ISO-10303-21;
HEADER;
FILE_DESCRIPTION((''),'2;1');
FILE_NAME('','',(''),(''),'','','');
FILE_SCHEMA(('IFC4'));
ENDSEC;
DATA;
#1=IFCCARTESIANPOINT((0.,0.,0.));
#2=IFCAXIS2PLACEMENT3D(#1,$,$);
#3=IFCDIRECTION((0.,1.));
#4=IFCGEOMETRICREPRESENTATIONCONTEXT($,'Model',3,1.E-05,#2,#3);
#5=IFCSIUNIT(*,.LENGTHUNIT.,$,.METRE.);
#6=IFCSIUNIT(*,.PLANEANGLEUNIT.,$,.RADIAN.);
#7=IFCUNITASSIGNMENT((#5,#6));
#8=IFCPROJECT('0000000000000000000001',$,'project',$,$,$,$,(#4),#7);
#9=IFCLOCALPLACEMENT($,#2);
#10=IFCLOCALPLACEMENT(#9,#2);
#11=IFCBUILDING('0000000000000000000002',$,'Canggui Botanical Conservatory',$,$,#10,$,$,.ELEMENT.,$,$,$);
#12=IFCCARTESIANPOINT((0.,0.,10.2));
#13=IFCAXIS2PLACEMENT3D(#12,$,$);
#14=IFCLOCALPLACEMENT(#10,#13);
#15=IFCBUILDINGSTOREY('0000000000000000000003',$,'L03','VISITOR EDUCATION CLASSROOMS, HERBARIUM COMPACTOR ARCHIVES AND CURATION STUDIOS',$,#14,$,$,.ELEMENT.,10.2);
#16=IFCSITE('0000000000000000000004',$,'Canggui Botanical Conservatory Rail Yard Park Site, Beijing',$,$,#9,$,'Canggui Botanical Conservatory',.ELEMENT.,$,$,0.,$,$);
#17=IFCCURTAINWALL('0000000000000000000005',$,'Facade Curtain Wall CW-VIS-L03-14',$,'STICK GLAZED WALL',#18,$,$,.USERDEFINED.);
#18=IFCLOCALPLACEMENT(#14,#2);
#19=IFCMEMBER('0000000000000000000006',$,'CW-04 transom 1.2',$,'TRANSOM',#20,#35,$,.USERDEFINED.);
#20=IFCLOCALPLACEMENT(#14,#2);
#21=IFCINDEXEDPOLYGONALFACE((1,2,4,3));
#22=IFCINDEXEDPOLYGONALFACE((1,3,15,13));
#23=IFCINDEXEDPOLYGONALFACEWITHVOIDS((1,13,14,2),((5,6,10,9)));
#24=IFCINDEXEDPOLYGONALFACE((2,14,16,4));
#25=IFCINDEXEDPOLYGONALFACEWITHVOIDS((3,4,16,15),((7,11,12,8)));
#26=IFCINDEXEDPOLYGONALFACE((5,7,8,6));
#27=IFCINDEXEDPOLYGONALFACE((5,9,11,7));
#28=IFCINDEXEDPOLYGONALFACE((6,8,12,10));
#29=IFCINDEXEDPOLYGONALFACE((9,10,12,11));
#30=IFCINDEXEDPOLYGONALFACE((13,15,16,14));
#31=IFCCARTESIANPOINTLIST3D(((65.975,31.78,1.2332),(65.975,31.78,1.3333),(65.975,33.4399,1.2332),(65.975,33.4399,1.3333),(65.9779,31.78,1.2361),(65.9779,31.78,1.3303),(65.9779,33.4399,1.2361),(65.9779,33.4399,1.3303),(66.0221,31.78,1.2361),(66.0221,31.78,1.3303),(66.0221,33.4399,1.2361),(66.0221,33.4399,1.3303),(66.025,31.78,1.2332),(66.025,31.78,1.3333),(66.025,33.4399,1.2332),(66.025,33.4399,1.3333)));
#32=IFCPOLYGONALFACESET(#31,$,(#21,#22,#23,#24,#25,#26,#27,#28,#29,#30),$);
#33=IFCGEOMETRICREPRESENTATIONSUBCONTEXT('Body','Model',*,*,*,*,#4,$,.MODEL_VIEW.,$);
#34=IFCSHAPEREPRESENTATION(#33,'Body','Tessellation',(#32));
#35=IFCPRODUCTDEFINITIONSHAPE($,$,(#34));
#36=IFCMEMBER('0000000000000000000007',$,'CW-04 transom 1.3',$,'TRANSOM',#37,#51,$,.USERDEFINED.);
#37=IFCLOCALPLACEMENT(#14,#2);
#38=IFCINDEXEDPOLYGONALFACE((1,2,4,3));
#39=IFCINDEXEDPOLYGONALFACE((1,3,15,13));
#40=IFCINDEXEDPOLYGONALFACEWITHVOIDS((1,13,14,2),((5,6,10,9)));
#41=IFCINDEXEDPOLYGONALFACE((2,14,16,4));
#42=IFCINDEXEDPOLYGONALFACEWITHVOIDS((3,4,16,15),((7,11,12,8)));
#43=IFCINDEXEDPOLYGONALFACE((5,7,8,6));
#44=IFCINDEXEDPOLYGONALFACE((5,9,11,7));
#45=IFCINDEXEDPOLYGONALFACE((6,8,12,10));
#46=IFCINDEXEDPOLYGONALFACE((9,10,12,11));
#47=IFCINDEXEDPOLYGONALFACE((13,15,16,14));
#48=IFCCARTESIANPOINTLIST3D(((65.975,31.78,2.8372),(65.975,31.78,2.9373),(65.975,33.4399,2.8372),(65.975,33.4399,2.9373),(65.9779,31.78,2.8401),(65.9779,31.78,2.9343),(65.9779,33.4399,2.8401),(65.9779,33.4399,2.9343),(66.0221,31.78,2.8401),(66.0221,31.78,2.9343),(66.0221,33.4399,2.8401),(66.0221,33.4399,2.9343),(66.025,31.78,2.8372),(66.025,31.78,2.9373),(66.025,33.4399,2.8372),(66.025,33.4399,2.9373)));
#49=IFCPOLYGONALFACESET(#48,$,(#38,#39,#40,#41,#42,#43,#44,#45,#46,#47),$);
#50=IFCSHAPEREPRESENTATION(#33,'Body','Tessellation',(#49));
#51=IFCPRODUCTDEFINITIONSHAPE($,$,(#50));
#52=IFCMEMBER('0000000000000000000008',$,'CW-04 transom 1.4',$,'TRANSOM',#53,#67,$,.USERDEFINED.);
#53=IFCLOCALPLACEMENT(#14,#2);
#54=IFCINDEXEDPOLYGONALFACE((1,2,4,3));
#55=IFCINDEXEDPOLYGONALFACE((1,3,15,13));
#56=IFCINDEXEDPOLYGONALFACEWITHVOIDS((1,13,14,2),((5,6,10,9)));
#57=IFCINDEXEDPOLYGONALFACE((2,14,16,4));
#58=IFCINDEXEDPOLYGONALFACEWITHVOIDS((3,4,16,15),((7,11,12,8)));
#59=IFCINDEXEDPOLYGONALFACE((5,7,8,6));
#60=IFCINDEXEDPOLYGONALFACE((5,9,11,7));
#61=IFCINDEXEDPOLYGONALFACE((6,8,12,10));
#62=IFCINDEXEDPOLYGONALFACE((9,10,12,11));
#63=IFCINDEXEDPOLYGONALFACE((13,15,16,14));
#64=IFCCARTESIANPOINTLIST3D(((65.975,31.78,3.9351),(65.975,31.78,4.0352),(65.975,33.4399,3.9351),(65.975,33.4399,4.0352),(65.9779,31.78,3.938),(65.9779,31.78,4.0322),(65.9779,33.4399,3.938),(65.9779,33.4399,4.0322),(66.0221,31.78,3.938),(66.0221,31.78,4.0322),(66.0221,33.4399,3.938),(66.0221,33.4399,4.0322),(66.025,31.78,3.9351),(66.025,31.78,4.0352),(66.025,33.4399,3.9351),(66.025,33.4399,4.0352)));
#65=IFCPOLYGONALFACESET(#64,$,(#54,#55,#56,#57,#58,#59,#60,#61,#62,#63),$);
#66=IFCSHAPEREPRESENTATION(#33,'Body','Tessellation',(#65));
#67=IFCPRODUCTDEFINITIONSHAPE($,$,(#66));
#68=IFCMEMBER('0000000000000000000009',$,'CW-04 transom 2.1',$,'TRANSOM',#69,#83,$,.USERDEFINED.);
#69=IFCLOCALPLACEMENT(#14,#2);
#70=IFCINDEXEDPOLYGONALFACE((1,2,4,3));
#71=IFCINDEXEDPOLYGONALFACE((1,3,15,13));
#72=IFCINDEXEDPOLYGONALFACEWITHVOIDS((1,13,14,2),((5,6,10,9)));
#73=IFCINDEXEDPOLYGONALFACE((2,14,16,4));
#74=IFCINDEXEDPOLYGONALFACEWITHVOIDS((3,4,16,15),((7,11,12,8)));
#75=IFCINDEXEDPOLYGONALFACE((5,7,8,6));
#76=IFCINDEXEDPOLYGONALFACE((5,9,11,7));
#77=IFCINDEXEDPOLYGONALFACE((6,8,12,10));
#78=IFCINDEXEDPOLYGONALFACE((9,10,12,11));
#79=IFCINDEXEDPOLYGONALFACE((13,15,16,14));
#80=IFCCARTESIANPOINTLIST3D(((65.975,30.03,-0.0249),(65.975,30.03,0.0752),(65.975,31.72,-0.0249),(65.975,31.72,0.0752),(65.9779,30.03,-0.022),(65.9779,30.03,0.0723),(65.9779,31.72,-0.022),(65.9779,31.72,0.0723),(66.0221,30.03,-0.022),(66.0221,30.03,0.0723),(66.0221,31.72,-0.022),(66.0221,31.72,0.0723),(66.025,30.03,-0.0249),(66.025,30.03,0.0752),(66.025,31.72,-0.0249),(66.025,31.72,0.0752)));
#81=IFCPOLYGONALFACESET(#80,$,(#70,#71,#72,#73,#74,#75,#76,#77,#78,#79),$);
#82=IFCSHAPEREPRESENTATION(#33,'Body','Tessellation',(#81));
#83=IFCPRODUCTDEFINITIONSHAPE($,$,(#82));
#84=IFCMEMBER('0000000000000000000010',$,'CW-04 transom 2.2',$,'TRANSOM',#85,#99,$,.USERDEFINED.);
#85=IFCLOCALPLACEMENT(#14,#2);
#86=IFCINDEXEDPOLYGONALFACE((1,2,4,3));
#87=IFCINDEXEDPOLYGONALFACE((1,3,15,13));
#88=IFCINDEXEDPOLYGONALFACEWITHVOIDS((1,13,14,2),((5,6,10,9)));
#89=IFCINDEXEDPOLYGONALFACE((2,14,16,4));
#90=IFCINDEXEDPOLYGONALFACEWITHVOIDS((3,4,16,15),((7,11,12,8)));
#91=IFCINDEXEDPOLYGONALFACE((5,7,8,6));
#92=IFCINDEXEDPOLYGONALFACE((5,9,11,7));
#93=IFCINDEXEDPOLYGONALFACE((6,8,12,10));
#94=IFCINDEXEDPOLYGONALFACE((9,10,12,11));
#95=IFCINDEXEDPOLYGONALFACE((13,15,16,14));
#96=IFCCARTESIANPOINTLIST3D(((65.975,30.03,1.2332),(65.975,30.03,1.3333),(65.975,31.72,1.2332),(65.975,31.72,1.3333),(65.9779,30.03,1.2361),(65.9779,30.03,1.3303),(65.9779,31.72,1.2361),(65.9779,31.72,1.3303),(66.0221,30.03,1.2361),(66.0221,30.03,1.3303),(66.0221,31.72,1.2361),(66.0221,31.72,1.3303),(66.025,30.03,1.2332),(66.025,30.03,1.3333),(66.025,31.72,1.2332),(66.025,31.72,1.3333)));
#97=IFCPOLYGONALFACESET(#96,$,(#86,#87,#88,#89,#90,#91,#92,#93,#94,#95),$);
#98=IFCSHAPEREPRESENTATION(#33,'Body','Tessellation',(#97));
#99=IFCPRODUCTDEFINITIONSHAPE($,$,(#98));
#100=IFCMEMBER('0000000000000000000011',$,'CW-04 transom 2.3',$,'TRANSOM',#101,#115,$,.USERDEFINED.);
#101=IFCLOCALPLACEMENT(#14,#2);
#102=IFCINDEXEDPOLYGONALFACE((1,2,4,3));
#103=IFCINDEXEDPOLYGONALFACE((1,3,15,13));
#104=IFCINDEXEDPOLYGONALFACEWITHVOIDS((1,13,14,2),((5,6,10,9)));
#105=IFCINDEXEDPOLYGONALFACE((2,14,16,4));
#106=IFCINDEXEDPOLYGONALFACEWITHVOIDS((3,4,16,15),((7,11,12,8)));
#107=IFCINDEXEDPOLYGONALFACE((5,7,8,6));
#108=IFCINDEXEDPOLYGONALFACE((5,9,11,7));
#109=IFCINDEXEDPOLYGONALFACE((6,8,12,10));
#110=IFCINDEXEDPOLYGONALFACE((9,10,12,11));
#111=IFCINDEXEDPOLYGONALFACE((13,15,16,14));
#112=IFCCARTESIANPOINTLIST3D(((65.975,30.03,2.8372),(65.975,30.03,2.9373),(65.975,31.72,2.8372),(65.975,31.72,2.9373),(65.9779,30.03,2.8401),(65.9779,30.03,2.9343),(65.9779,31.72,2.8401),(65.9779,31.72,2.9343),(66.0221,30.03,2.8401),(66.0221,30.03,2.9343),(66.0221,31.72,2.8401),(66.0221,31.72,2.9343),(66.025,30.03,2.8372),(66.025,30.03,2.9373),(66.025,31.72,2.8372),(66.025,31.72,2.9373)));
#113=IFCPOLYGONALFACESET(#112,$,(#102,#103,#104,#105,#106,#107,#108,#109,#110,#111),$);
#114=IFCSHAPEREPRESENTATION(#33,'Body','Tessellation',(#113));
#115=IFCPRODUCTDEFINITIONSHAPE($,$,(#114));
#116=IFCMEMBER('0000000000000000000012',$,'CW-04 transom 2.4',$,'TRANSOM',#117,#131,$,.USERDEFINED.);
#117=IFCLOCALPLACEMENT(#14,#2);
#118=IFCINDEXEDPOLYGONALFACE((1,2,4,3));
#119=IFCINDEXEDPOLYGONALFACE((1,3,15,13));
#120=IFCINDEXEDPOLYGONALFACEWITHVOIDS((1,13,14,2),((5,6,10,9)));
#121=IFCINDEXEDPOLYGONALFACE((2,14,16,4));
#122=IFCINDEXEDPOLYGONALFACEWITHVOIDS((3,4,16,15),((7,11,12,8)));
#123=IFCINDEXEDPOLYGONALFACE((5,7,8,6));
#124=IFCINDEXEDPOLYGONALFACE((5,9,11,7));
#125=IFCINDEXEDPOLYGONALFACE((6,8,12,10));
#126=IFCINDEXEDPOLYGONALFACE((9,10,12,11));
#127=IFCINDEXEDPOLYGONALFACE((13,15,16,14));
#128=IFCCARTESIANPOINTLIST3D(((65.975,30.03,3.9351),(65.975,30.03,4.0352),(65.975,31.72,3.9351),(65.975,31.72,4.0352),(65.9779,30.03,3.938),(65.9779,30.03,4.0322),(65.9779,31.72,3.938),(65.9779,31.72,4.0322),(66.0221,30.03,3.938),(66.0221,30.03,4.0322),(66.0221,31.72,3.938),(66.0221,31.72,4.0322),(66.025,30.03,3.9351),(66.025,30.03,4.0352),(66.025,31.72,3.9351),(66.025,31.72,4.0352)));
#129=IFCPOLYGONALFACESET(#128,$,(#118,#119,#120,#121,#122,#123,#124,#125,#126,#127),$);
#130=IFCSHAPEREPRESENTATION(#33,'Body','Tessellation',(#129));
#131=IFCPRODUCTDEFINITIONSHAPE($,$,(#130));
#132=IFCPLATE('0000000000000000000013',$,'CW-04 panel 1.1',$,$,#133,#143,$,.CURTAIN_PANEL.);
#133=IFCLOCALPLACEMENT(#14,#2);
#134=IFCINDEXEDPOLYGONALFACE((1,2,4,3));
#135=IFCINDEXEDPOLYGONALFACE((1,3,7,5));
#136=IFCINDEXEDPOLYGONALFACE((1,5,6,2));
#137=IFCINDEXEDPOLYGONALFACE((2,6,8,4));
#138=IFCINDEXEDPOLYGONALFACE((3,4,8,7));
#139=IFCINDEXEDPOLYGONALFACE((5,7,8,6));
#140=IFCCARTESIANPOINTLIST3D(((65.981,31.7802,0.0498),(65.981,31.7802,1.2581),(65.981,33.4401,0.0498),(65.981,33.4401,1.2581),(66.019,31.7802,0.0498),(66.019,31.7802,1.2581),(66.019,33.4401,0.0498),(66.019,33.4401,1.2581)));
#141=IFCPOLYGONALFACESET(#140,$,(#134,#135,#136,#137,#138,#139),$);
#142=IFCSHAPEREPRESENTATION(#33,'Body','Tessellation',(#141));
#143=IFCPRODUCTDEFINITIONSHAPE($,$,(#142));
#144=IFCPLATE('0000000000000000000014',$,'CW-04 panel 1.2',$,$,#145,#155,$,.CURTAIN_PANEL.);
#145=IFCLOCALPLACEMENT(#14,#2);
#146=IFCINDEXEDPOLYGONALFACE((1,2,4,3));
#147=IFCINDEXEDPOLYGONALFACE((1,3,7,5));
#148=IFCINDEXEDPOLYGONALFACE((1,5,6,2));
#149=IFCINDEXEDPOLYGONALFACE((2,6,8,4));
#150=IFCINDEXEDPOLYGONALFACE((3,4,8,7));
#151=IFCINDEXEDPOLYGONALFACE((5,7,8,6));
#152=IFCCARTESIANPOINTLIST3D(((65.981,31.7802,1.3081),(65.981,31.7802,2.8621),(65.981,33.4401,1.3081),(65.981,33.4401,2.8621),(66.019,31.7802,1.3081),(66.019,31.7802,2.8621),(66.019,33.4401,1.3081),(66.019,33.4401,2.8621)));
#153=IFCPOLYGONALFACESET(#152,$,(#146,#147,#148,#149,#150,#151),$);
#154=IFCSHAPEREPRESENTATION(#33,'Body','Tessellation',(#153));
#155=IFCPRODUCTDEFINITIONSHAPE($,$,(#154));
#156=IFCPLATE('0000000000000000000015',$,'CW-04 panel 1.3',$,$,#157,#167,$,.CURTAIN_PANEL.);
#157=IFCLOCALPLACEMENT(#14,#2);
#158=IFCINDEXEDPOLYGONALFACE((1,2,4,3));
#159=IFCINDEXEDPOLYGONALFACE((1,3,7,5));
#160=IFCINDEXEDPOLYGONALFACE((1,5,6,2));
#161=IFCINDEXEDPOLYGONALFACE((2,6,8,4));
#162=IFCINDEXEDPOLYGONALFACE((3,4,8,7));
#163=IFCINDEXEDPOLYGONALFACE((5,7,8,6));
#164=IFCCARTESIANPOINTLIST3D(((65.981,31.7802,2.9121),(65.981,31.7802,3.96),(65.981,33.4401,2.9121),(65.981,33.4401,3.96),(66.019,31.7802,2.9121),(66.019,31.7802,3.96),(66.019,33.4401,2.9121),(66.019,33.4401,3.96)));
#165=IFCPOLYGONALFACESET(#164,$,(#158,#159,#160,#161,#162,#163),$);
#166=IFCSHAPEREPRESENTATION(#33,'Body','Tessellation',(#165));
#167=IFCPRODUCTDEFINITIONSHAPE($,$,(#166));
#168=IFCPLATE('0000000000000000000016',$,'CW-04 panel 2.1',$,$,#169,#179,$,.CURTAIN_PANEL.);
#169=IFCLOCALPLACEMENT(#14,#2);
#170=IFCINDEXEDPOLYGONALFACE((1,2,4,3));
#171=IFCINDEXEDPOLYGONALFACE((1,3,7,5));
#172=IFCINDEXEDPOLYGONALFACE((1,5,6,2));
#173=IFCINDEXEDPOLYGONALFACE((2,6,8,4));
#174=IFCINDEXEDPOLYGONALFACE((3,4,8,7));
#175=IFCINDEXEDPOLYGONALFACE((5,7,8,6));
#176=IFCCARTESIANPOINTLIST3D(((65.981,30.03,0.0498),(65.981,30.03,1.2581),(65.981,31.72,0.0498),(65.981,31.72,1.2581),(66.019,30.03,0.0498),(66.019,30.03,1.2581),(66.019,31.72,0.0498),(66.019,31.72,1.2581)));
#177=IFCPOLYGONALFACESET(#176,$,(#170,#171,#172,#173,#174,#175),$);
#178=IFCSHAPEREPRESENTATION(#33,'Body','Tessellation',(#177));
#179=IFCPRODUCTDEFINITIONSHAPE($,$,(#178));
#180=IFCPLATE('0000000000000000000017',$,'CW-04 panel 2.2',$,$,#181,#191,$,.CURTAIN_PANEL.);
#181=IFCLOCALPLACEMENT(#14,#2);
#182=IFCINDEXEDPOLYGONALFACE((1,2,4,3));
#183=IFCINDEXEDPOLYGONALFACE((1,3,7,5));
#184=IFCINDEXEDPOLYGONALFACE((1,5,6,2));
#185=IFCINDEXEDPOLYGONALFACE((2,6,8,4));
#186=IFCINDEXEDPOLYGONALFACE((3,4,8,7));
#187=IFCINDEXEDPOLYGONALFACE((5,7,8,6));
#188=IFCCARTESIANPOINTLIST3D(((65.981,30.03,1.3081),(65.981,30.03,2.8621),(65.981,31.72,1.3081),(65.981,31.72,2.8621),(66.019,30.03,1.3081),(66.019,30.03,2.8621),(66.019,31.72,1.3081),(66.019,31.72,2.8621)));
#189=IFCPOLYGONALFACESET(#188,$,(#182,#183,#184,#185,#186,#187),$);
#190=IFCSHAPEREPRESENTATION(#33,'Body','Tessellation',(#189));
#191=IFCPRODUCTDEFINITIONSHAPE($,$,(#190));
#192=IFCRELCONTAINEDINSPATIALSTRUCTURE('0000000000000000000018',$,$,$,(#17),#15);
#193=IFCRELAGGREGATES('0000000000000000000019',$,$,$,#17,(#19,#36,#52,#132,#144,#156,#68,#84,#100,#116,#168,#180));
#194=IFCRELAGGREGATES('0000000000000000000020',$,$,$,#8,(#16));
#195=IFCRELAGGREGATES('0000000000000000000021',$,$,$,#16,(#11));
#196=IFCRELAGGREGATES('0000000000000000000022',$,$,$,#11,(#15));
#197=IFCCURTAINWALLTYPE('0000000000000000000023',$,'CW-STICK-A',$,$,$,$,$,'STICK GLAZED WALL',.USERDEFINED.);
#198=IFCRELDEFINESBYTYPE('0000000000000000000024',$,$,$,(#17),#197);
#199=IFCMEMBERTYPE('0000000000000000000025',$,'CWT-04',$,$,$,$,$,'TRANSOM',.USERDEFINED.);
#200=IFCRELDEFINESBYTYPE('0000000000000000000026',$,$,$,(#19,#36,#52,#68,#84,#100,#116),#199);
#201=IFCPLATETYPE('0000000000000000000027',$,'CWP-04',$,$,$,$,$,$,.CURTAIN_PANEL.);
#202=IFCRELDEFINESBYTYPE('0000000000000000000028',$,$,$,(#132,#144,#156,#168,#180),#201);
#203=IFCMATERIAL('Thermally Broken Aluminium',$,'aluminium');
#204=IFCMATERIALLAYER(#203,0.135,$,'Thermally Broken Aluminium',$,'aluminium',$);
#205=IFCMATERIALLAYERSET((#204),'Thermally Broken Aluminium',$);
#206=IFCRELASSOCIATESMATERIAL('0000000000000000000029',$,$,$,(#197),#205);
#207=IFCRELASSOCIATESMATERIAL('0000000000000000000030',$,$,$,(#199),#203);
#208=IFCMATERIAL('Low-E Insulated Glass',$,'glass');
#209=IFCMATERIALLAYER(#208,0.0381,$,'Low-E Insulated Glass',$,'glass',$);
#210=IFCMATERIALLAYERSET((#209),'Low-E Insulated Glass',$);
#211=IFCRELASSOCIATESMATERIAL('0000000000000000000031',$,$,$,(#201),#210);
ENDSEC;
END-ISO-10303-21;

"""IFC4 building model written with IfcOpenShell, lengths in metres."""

from ifc_helpers import new_model, si_unit, direction, frame, origin, origin_2d, place, context, subcontext, project, spatial, rectangle, hollow_rectangle, extrude, material, layer, layer_set, material_profile, profile_set, type_object, element, aggregate, save


model = new_model("IFC4")

# Units and contexts
model_context = context("Model", 3, precision=1e-05, world=origin(), true_north=direction((0.0, 1.0)))
body_context = subcontext(model_context, "Body", "Model", "MODEL_VIEW")
ifc_project = project(units=[si_unit("LENGTHUNIT", "METRE"), si_unit("PLANEANGLEUNIT", "RADIAN")], contexts=[model_context])

# Site, building, storey
site_placement = place(None, origin())
site = spatial("IfcSite", under=ifc_project, at=site_placement, Name="Canggui Botanical Conservatory Rail Yard Park Site, Beijing", LongName="Canggui Botanical Conservatory", CompositionType="ELEMENT", RefElevation=0.0)
building_placement = place(site_placement, origin())
building = spatial("IfcBuilding", under=site, at=building_placement, Name="Canggui Botanical Conservatory", CompositionType="ELEMENT")
storey_placement = place(building_placement, frame((0.0, 0.0, 10.2)))
storey = spatial("IfcBuildingStorey", under=building, at=storey_placement, Name="L03", Description="VISITOR EDUCATION CLASSROOMS, HERBARIUM COMPACTOR ARCHIVES AND CURATION STUDIOS", CompositionType="ELEMENT", Elevation=10.2)

# Shared definitions
ifc_material_1 = material(Name="Thermally Broken Aluminium", Category="aluminium")

# Curtain wall, members, plates
ifc_layer_1 = layer(ifc_material_1, 0.135, Name="Thermally Broken Aluminium", Category="aluminium")
ifc_layer_set_1 = layer_set([ifc_layer_1], Name="Thermally Broken Aluminium")
curtain_wall_type_1 = type_object("IfcCurtainWallType", Name="CW-STICK-A", ElementType="STICK GLAZED WALL", PredefinedType="USERDEFINED", material=ifc_layer_set_1)
curtain_wall_1_placement = place(storey_placement, origin())
curtain_wall_1 = element("IfcCurtainWall", 1, at=curtain_wall_1_placement, inside=storey, type_object=curtain_wall_type_1, Name="Facade Curtain Wall CW-VIS-L03-14", ObjectType="STICK GLAZED WALL", PredefinedType="USERDEFINED")
ifc_material_profile_1 = material_profile(ifc_material_1, hollow_rectangle(XDim=0.05, YDim=0.1001, WallThickness=0.0029, at=origin_2d()), Name="CWT 50x100x3")
ifc_profile_set_1 = profile_set([ifc_material_profile_1], Name="Thermally Broken Aluminium")
member_type_1 = type_object("IfcMemberType", Name="CWT-04", ElementType="TRANSOM", PredefinedType="USERDEFINED", material=ifc_profile_set_1)
member_1_placement = place(storey_placement, frame((66.0, 33.4399, 1.2832), z_axis=(0.0, -1.0, 0.0), x_axis=(1.0, 0.0, 0.0)))
member_1 = element("IfcMember", 2, at=member_1_placement, type_object=member_type_1, Name="CW-04 transom 1.2", ObjectType="TRANSOM", PredefinedType="USERDEFINED", context=body_context, shape_type="SweptSolid", body=[
    extrude(hollow_rectangle(XDim=0.05, YDim=0.1001, WallThickness=0.0029, at=origin_2d()), origin(), (0.0, 0.0, 1.0), 1.6599),
])
member_2_placement = place(storey_placement, frame((66.0, 33.4399, 2.8872), z_axis=(0.0, -1.0, 0.0), x_axis=(1.0, 0.0, 0.0)))
member_2 = element("IfcMember", 3, at=member_2_placement, type_object=member_type_1, Name="CW-04 transom 1.3", ObjectType="TRANSOM", PredefinedType="USERDEFINED", context=body_context, shape_type="SweptSolid", body=[
    extrude(hollow_rectangle(XDim=0.05, YDim=0.1001, WallThickness=0.0029, at=origin_2d()), origin(), (0.0, 0.0, 1.0), 1.6599),
])
member_3_placement = place(storey_placement, frame((66.0, 33.4399, 3.9851), z_axis=(0.0, -1.0, 0.0), x_axis=(1.0, 0.0, 0.0)))
member_3 = element("IfcMember", 4, at=member_3_placement, type_object=member_type_1, Name="CW-04 transom 1.4", ObjectType="TRANSOM", PredefinedType="USERDEFINED", context=body_context, shape_type="SweptSolid", body=[
    extrude(hollow_rectangle(XDim=0.05, YDim=0.1001, WallThickness=0.0029, at=origin_2d()), origin(), (0.0, 0.0, 1.0), 1.6599),
])
member_4_placement = place(storey_placement, frame((66.0, 31.72, 0.0251), z_axis=(0.0, -1.0, 0.0), x_axis=(1.0, 0.0, 0.0)))
member_4 = element("IfcMember", 5, at=member_4_placement, type_object=member_type_1, Name="CW-04 transom 2.1", ObjectType="TRANSOM", PredefinedType="USERDEFINED", context=body_context, shape_type="SweptSolid", body=[
    extrude(hollow_rectangle(XDim=0.05, YDim=0.1001, WallThickness=0.0029, at=origin_2d()), origin(), (0.0, 0.0, 1.0), 1.6899),
])
member_5_placement = place(storey_placement, frame((66.0, 31.72, 1.2832), z_axis=(0.0, -1.0, 0.0), x_axis=(1.0, 0.0, 0.0)))
member_5 = element("IfcMember", 6, at=member_5_placement, type_object=member_type_1, Name="CW-04 transom 2.2", ObjectType="TRANSOM", PredefinedType="USERDEFINED", context=body_context, shape_type="SweptSolid", body=[
    extrude(hollow_rectangle(XDim=0.05, YDim=0.1001, WallThickness=0.0029, at=origin_2d()), origin(), (0.0, 0.0, 1.0), 1.6899),
])
member_6_placement = place(storey_placement, frame((66.0, 31.72, 2.8872), z_axis=(0.0, -1.0, 0.0), x_axis=(1.0, 0.0, 0.0)))
member_6 = element("IfcMember", 7, at=member_6_placement, type_object=member_type_1, Name="CW-04 transom 2.3", ObjectType="TRANSOM", PredefinedType="USERDEFINED", context=body_context, shape_type="SweptSolid", body=[
    extrude(hollow_rectangle(XDim=0.05, YDim=0.1001, WallThickness=0.0029, at=origin_2d()), origin(), (0.0, 0.0, 1.0), 1.6899),
])
member_7_placement = place(storey_placement, frame((66.0, 31.72, 3.9851), z_axis=(0.0, -1.0, 0.0), x_axis=(1.0, 0.0, 0.0)))
member_7 = element("IfcMember", 8, at=member_7_placement, type_object=member_type_1, Name="CW-04 transom 2.4", ObjectType="TRANSOM", PredefinedType="USERDEFINED", context=body_context, shape_type="SweptSolid", body=[
    extrude(hollow_rectangle(XDim=0.05, YDim=0.1001, WallThickness=0.0029, at=origin_2d()), origin(), (0.0, 0.0, 1.0), 1.6899),
])
ifc_material_2 = material(Name="Low-E Insulated Glass", Category="glass")
ifc_layer_2 = layer(ifc_material_2, 0.0381, Name="Low-E Insulated Glass", Category="glass")
ifc_layer_set_2 = layer_set([ifc_layer_2], Name="Low-E Insulated Glass")
plate_type_1 = type_object("IfcPlateType", Name="CWP-04", PredefinedType="CURTAIN_PANEL", material=ifc_layer_set_2)
plate_1_placement = place(storey_placement, frame((66.0, 32.6101, 0.0498), z_axis=(0.0, 0.0, 1.0), x_axis=(0.0, -1.0, 0.0)))
plate_1 = element("IfcPlate", 9, at=plate_1_placement, type_object=plate_type_1, Name="CW-04 panel 1.1", PredefinedType="CURTAIN_PANEL", context=body_context, shape_type="SweptSolid", body=[
    extrude(rectangle(XDim=1.6599, YDim=0.0381, at=origin_2d()), origin(), (0.0, 0.0, 1.0), 1.2083),
])
plate_2_placement = place(storey_placement, frame((66.0, 32.6101, 1.3081), z_axis=(0.0, 0.0, 1.0), x_axis=(0.0, -1.0, 0.0)))
plate_2 = element("IfcPlate", 10, at=plate_2_placement, type_object=plate_type_1, Name="CW-04 panel 1.2", PredefinedType="CURTAIN_PANEL", context=body_context, shape_type="SweptSolid", body=[
    extrude(rectangle(XDim=1.6599, YDim=0.0381, at=origin_2d()), origin(), (0.0, 0.0, 1.0), 1.554),
])
plate_3_placement = place(storey_placement, frame((66.0, 32.6101, 2.9121), z_axis=(0.0, 0.0, 1.0), x_axis=(0.0, -1.0, 0.0)))
plate_3 = element("IfcPlate", 11, at=plate_3_placement, type_object=plate_type_1, Name="CW-04 panel 1.3", PredefinedType="CURTAIN_PANEL", context=body_context, shape_type="SweptSolid", body=[
    extrude(rectangle(XDim=1.6599, YDim=0.0381, at=origin_2d()), origin(), (0.0, 0.0, 1.0), 1.0479),
])
plate_4_placement = place(storey_placement, frame((66.0, 30.875, 0.0498), z_axis=(0.0, 0.0, 1.0), x_axis=(0.0, -1.0, 0.0)))
plate_4 = element("IfcPlate", 12, at=plate_4_placement, type_object=plate_type_1, Name="CW-04 panel 2.1", PredefinedType="CURTAIN_PANEL", context=body_context, shape_type="SweptSolid", body=[
    extrude(rectangle(XDim=1.6899, YDim=0.0381, at=origin_2d()), origin(), (0.0, 0.0, 1.0), 1.2083),
])
plate_5_placement = place(storey_placement, frame((66.0, 30.875, 1.3081), z_axis=(0.0, 0.0, 1.0), x_axis=(0.0, -1.0, 0.0)))
plate_5 = element("IfcPlate", 13, at=plate_5_placement, type_object=plate_type_1, Name="CW-04 panel 2.2", PredefinedType="CURTAIN_PANEL", context=body_context, shape_type="SweptSolid", body=[
    extrude(rectangle(XDim=1.6899, YDim=0.0381, at=origin_2d()), origin(), (0.0, 0.0, 1.0), 1.554),
])
aggregate(curtain_wall_1, [member_1, member_2, member_3, plate_1, plate_2, plate_3, member_4, member_5, member_6, member_7, plate_4, plate_5])

save(model, "model.ifc")
